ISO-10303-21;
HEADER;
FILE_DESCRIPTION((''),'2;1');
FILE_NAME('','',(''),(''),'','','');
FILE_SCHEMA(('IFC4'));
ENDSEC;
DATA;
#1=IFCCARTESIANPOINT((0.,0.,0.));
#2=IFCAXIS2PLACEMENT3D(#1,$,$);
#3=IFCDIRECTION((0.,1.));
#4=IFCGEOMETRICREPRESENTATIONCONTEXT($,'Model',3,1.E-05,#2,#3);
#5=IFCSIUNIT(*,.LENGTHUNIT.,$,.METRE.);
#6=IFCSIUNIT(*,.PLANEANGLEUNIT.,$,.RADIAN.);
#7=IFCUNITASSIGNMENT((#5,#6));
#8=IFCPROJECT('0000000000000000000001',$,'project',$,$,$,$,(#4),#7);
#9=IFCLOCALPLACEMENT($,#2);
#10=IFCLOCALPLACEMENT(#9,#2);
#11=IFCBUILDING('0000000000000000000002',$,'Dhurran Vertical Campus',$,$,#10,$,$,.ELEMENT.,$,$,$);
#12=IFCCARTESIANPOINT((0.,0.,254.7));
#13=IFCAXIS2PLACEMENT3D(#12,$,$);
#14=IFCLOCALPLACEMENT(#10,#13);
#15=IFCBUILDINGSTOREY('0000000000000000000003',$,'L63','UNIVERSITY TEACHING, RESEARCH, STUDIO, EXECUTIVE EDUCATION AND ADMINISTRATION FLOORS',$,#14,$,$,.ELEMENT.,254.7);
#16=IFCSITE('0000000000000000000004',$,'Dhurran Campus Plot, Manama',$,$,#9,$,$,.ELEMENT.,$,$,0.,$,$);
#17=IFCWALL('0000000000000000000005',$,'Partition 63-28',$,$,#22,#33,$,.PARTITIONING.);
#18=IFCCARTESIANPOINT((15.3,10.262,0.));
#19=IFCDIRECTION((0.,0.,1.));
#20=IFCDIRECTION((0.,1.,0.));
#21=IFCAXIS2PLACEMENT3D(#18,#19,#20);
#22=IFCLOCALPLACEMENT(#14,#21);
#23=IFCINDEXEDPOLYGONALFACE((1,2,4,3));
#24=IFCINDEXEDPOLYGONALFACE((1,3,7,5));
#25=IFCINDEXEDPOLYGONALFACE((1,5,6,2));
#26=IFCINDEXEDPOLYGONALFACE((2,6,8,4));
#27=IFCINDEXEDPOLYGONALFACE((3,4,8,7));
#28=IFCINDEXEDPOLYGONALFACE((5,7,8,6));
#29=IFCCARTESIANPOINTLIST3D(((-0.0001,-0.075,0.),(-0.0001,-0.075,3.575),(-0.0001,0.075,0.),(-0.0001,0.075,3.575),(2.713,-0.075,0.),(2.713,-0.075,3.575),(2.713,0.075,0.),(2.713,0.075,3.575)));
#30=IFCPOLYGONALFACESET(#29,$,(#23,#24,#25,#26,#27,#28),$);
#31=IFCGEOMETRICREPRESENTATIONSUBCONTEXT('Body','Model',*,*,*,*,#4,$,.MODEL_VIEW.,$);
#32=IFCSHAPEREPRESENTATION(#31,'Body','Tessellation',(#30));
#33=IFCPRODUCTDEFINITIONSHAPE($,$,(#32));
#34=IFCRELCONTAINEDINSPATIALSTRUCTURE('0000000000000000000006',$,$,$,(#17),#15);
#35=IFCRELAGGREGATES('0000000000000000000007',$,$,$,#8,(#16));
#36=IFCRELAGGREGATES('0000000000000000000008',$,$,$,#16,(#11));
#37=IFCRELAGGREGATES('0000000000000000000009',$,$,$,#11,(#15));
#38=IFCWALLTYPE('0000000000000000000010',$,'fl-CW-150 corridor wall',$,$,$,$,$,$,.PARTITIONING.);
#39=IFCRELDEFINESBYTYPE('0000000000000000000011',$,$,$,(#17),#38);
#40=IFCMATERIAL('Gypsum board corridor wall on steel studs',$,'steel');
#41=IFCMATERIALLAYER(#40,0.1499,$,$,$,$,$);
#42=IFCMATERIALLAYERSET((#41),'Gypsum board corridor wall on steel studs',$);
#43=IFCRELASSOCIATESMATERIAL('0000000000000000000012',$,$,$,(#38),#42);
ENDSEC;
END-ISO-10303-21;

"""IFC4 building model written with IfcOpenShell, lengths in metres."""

from ifc_helpers import new_model, si_unit, direction, frame, frame_2d, origin, place, context, subcontext, project, spatial, rectangle, extrude, material, layer, layer_set, type_object, element, save


model = new_model("IFC4")

# Units and contexts
model_context = context("Model", 3, precision=1e-05, world=origin(), true_north=direction((0.0, 1.0)))
body_context = subcontext(model_context, "Body", "Model", "MODEL_VIEW")
ifc_project = project(units=[si_unit("LENGTHUNIT", "METRE"), si_unit("PLANEANGLEUNIT", "RADIAN")], contexts=[model_context])

# Site, building, storey
site_placement = place(None, origin())
site = spatial("IfcSite", under=ifc_project, at=site_placement, Name="Dhurran Campus Plot, Manama", CompositionType="ELEMENT", RefElevation=0.0)
building_placement = place(site_placement, origin())
building = spatial("IfcBuilding", under=site, at=building_placement, Name="Dhurran Vertical Campus", CompositionType="ELEMENT")
storey_placement = place(building_placement, frame((0.0, 0.0, 254.7)))
storey = spatial("IfcBuildingStorey", under=building, at=storey_placement, Name="L63", Description="UNIVERSITY TEACHING, RESEARCH, STUDIO, EXECUTIVE EDUCATION AND ADMINISTRATION FLOORS", CompositionType="ELEMENT", Elevation=254.7)

# Shared definitions
ifc_material_1 = material(Name="Gypsum board corridor wall on steel studs", Category="steel")
ifc_layer_1 = layer(ifc_material_1, 0.1499)
ifc_layer_set_1 = layer_set([ifc_layer_1], Name="Gypsum board corridor wall on steel studs")
wall_type_1 = type_object("IfcWallType", Name="fl-CW-150 corridor wall", PredefinedType="PARTITIONING", material=ifc_layer_set_1)

# Wall
wall_1_placement = place(storey_placement, frame((15.3, 10.262, 0.0), z_axis=(0.0, 0.0, 1.0), x_axis=(0.0, 1.0, 0.0)))
element("IfcWall", 1, at=wall_1_placement, inside=storey, type_object=wall_type_1, Name="Partition 63-28", PredefinedType="PARTITIONING", context=body_context, shape_type="SweptSolid", body=[
    extrude(rectangle(XDim=2.7131, YDim=0.1499, at=frame_2d((1.3564, 0.0))), origin(), (0.0, 0.0, 1.0), 3.575),
])

save(model, "model.ifc")
